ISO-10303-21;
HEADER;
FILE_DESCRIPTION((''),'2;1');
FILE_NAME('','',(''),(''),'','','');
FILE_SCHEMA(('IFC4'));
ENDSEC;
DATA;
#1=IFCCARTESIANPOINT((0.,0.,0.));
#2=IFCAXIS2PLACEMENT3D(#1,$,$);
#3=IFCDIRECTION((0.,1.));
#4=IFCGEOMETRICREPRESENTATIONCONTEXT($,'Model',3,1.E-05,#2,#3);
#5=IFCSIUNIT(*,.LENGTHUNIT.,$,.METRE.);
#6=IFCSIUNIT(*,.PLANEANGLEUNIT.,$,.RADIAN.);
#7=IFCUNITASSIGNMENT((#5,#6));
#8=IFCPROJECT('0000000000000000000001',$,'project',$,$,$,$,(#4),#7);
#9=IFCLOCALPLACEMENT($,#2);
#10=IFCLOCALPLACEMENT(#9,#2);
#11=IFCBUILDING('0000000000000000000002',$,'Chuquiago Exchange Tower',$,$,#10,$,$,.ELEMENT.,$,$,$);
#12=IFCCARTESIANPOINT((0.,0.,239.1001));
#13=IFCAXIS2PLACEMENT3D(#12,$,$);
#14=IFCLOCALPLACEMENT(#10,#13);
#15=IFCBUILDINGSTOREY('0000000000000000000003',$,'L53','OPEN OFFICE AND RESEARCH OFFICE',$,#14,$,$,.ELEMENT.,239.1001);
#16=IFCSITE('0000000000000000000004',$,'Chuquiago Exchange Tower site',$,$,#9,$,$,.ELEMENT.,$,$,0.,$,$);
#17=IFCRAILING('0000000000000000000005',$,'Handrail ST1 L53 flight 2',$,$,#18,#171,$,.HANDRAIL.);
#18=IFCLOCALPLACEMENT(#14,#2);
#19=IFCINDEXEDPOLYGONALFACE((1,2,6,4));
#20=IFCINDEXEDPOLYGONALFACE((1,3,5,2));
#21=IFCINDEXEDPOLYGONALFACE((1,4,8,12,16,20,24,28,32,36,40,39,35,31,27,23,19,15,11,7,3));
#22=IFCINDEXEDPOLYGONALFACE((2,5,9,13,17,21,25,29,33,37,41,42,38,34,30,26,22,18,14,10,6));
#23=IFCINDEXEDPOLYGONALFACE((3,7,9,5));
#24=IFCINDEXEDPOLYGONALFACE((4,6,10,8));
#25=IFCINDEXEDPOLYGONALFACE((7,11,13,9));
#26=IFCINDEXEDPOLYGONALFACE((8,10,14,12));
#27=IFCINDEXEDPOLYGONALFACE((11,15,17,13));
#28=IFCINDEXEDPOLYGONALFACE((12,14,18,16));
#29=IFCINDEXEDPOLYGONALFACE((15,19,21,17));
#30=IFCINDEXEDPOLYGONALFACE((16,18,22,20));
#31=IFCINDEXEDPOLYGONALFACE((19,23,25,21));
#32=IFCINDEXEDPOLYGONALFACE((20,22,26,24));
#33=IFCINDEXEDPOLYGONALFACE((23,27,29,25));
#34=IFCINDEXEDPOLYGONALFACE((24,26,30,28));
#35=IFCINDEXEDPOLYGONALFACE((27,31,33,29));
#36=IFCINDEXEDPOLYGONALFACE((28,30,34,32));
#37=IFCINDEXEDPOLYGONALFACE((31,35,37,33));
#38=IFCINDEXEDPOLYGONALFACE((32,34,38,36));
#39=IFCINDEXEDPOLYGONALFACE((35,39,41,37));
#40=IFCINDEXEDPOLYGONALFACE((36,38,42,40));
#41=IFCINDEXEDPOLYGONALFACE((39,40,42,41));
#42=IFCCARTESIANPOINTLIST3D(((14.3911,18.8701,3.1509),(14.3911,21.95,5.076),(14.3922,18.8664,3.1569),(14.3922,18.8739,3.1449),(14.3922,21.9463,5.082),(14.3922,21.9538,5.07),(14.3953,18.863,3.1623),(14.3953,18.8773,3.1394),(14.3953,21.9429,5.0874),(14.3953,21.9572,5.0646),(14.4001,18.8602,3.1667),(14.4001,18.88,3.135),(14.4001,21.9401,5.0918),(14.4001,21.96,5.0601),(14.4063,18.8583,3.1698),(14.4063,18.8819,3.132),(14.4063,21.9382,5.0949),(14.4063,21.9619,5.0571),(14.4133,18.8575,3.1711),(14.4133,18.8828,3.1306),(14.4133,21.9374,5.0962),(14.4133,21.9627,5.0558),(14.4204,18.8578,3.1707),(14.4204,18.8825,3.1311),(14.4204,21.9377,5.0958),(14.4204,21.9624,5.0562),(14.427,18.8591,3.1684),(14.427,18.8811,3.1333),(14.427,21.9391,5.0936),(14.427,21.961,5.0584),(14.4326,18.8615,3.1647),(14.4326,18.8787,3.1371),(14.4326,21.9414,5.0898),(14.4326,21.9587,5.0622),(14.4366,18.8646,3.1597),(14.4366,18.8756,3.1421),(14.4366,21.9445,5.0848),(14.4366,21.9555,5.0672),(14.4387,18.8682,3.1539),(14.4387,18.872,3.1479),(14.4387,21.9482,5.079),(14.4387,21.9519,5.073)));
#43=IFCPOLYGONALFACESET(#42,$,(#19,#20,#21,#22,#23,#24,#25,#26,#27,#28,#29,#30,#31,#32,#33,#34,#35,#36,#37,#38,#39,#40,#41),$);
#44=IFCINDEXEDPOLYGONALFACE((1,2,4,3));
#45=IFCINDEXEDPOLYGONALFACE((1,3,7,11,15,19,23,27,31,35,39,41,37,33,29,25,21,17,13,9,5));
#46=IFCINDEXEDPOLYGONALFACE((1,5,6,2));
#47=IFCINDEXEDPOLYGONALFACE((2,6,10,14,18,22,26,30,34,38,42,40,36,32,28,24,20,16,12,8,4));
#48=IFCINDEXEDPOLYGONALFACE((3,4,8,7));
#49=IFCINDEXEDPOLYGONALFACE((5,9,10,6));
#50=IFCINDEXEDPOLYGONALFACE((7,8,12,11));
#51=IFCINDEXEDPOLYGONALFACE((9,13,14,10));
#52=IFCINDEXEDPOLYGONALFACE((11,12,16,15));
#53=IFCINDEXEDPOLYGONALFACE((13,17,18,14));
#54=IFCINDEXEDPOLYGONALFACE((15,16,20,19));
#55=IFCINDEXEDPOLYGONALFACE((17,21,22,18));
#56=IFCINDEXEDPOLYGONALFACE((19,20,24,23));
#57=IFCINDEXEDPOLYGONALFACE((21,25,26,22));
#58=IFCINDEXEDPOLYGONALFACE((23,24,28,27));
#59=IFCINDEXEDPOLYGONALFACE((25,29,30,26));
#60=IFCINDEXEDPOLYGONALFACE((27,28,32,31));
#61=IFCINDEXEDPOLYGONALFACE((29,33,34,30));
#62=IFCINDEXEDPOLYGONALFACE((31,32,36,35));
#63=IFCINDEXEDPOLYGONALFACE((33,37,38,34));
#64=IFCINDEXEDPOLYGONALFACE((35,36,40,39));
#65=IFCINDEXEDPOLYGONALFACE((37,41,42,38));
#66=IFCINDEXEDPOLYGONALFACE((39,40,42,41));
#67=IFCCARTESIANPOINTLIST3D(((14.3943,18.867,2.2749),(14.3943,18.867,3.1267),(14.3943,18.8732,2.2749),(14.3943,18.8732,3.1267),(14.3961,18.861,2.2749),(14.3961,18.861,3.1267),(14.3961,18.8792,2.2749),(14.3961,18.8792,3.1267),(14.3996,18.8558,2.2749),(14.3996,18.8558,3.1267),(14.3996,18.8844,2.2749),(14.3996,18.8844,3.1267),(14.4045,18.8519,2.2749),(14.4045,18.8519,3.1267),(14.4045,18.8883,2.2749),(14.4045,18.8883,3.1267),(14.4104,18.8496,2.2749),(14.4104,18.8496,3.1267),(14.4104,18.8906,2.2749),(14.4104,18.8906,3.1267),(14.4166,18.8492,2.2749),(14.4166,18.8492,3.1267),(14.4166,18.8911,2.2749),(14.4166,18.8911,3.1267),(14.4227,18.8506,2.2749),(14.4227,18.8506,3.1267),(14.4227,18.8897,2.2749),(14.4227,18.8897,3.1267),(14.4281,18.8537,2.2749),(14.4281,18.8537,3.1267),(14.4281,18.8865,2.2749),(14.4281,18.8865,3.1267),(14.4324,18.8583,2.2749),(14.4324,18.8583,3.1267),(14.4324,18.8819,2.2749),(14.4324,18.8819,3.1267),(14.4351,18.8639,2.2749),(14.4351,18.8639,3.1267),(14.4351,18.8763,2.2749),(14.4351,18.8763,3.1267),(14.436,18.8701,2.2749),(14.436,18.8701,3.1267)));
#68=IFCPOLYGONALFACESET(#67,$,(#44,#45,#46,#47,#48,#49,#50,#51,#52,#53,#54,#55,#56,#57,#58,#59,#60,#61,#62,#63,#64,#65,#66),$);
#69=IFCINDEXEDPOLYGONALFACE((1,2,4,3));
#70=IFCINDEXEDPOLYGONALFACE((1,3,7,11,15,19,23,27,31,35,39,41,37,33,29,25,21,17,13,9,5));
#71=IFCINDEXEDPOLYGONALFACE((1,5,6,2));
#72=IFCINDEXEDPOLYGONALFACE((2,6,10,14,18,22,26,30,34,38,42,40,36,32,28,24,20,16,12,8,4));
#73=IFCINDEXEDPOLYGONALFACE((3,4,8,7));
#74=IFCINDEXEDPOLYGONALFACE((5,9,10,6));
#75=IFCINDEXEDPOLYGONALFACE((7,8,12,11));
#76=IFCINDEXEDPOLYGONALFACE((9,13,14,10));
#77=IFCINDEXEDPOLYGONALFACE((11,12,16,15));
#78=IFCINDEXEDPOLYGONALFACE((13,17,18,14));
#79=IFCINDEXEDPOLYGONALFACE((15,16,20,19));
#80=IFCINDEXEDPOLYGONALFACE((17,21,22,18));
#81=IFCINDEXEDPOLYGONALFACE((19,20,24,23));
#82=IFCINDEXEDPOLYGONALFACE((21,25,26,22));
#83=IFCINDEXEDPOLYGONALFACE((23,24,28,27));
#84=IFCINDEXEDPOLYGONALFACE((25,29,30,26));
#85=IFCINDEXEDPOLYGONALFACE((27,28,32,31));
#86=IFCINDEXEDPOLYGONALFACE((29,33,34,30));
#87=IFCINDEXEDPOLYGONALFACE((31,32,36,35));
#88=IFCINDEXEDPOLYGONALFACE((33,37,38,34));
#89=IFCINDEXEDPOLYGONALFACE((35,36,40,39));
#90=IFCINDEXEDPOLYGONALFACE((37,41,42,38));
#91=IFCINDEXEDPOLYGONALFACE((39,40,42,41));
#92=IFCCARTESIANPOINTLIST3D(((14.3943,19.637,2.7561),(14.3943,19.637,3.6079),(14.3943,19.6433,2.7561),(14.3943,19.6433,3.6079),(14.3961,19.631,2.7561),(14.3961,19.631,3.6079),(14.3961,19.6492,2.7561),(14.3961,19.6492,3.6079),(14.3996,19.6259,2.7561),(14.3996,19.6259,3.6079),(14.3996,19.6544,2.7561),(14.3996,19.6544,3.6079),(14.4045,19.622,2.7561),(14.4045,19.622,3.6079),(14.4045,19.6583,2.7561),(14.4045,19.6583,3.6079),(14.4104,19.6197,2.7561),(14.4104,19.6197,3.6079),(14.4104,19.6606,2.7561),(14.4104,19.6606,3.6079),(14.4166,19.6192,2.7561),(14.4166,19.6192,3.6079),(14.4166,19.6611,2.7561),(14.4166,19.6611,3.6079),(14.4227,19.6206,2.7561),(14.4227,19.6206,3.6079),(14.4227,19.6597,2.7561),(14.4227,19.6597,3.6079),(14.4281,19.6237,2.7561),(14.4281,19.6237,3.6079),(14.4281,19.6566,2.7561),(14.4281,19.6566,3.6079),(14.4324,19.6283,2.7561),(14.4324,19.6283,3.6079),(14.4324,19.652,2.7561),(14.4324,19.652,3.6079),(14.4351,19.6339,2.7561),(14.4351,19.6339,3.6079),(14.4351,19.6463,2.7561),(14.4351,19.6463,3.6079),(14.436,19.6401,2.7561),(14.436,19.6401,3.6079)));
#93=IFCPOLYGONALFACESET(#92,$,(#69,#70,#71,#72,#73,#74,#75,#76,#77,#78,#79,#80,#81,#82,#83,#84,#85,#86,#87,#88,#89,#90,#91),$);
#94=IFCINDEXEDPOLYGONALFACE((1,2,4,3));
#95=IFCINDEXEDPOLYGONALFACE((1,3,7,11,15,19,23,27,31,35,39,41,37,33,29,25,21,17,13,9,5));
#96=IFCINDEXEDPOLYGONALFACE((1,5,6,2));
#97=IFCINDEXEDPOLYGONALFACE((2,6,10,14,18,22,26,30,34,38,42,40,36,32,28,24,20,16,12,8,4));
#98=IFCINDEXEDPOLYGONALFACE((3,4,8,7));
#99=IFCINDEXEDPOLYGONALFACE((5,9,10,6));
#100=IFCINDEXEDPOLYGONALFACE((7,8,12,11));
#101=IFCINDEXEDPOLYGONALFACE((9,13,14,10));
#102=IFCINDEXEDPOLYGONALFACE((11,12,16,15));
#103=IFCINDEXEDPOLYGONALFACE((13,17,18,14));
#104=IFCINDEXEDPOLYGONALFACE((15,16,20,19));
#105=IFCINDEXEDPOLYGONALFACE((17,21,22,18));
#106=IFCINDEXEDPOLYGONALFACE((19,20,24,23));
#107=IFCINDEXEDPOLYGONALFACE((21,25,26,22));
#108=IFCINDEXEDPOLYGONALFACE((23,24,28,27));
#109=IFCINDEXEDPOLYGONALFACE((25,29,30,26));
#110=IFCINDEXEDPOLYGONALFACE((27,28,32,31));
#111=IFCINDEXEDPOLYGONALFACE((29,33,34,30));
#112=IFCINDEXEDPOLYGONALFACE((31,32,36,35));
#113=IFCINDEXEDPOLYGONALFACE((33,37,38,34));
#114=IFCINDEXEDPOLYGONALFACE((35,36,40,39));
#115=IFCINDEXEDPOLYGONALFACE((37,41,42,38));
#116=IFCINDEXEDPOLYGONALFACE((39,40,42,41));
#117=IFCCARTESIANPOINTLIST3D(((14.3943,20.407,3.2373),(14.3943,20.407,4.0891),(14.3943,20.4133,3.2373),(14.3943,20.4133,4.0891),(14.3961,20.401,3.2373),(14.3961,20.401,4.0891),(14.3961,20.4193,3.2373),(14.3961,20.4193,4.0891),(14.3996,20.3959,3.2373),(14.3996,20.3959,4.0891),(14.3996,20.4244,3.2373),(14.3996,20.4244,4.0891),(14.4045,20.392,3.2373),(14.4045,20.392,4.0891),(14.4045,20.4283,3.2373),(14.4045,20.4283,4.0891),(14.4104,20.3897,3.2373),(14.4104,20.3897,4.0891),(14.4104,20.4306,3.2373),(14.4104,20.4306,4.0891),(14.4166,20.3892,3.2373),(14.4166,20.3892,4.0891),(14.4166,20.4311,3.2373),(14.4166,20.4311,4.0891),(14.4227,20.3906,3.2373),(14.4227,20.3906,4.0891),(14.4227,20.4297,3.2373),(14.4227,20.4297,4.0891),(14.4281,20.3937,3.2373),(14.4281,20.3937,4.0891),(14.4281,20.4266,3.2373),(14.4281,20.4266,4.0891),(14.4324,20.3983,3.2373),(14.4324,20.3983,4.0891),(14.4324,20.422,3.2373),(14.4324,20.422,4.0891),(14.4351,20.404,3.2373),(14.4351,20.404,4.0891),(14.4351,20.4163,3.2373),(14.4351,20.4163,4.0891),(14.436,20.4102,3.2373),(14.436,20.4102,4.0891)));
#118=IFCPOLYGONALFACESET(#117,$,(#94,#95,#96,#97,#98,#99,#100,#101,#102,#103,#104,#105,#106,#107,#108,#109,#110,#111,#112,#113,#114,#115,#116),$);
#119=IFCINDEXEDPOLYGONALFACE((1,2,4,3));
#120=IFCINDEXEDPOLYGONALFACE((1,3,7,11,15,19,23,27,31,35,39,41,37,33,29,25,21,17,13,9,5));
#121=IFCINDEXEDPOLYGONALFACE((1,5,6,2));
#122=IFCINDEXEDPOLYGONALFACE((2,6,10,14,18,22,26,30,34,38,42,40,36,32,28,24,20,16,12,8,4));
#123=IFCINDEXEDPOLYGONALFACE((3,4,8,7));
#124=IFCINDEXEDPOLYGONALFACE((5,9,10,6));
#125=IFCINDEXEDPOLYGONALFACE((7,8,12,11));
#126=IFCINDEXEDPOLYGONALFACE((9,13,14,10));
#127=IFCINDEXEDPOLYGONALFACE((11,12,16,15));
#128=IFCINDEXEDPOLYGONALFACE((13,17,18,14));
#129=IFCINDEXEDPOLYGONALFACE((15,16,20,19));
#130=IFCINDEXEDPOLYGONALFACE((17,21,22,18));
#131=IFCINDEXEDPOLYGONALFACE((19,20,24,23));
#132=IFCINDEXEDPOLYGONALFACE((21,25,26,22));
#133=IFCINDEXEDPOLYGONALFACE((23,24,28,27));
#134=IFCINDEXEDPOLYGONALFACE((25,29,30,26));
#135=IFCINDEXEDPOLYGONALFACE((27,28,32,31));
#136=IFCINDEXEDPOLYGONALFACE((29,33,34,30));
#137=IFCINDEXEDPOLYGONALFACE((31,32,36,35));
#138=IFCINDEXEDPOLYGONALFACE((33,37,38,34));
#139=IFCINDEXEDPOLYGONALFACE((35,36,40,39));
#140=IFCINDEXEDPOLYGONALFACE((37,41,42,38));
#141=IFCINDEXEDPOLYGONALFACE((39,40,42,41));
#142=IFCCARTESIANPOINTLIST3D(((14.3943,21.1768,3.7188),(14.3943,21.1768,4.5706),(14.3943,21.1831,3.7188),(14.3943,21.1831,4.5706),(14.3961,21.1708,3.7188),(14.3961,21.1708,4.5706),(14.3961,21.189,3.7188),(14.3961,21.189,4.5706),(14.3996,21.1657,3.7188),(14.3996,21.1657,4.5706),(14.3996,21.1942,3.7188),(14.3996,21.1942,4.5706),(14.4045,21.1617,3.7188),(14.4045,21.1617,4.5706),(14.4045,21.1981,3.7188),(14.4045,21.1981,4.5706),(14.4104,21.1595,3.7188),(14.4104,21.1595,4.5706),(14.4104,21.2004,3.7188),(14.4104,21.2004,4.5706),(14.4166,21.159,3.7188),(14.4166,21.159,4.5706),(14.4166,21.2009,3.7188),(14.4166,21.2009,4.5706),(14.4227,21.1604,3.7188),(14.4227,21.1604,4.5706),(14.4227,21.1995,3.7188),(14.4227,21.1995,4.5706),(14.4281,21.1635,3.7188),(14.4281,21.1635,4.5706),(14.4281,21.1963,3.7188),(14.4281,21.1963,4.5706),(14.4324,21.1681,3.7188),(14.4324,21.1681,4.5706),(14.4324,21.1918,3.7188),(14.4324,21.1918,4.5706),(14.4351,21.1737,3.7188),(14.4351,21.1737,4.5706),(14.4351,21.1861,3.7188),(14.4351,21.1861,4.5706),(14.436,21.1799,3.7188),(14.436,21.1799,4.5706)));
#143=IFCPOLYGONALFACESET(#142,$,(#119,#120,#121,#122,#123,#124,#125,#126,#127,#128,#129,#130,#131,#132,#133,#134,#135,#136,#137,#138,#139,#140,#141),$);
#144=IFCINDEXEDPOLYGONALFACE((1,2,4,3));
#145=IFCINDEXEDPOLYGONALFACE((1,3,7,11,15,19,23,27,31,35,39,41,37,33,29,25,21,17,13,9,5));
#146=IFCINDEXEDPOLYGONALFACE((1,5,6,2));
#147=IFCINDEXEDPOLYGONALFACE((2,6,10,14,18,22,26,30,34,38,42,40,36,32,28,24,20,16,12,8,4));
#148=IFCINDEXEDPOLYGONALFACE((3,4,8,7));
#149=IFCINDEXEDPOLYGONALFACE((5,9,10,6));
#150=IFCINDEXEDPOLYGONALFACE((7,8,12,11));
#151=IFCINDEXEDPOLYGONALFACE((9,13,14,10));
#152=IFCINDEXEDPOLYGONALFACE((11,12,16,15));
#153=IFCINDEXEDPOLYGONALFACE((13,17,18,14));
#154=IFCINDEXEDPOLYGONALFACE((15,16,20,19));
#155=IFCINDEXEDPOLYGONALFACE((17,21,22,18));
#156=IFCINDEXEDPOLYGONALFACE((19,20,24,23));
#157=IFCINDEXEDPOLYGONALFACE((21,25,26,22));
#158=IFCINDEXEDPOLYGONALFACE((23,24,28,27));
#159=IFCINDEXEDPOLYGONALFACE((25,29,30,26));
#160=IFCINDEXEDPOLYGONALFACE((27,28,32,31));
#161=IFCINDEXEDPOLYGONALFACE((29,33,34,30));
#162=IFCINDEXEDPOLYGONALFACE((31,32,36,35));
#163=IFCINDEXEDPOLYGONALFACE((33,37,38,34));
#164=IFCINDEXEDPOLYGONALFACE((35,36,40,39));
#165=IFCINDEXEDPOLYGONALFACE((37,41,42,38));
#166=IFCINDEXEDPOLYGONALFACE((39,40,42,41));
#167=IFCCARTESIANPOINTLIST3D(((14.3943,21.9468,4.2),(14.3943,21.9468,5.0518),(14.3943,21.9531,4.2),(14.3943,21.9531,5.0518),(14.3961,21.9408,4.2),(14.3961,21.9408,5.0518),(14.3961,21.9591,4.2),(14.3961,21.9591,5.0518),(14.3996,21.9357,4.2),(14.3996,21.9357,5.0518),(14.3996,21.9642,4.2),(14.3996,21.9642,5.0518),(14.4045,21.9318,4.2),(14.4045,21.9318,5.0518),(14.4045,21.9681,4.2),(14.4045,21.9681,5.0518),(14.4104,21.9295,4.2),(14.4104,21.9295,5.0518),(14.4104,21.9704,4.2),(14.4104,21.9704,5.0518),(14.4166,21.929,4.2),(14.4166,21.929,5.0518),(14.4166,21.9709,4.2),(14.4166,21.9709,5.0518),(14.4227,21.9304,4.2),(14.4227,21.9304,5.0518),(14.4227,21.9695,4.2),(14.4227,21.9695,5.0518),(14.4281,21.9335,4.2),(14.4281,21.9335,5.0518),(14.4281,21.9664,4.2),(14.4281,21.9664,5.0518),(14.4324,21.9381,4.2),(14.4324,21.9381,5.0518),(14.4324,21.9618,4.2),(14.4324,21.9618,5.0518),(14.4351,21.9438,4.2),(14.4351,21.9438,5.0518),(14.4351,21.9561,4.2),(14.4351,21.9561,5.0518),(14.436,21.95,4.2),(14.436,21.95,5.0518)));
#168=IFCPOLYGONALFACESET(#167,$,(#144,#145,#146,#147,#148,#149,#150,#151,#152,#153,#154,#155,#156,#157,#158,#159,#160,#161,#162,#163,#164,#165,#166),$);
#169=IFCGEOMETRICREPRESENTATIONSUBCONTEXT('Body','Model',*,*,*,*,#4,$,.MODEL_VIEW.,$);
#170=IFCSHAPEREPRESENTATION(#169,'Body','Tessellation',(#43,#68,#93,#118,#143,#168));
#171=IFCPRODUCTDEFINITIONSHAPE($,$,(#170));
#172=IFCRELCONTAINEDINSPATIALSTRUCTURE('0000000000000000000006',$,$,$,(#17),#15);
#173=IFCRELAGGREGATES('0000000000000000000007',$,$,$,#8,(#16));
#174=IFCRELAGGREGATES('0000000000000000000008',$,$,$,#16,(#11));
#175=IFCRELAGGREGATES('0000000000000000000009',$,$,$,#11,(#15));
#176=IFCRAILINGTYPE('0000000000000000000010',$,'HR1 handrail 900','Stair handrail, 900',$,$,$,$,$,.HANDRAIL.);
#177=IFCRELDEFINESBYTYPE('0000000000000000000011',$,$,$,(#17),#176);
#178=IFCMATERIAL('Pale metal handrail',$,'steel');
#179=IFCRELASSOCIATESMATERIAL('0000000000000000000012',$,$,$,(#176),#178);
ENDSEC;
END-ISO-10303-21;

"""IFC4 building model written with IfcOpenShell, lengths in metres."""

from ifc_helpers import new_model, si_unit, direction, frame, origin, origin_2d, place, context, subcontext, project, spatial, circle, extrude, material, type_object, element, save


model = new_model("IFC4")

# Units and contexts
model_context = context("Model", 3, precision=1e-05, world=origin(), true_north=direction((0.0, 1.0)))
body_context = subcontext(model_context, "Body", "Model", "MODEL_VIEW")
ifc_project = project(units=[si_unit("LENGTHUNIT", "METRE"), si_unit("PLANEANGLEUNIT", "RADIAN")], contexts=[model_context])

# Site, building, storey
site_placement = place(None, origin())
site = spatial("IfcSite", under=ifc_project, at=site_placement, Name="Chuquiago Exchange Tower site", CompositionType="ELEMENT", RefElevation=0.0)
building_placement = place(site_placement, origin())
building = spatial("IfcBuilding", under=site, at=building_placement, Name="Chuquiago Exchange Tower", CompositionType="ELEMENT")
storey_placement = place(building_placement, frame((0.0, 0.0, 239.1001)))
storey = spatial("IfcBuildingStorey", under=building, at=storey_placement, Name="L53", Description="OPEN OFFICE AND RESEARCH OFFICE", CompositionType="ELEMENT", Elevation=239.1001)

# Railing
ifc_material_1 = material(Name="Pale metal handrail", Category="steel")
railing_type_1 = type_object("IfcRailingType", Name="HR1 handrail 900", Description="Stair handrail, 900", PredefinedType="HANDRAIL", material=ifc_material_1)
for number, where, name in (
    (1, (14.415, 18.8701, 2.2749), "Handrail ST1 L53 flight 2"),
):
    element("IfcRailing", number, at=place(storey_placement, frame(where)), inside=storey, type_object=railing_type_1, Name=name, PredefinedType="HANDRAIL", context=body_context, shape_type="SweptSolid", body=[
        extrude(circle(Radius=0.0239, at=origin_2d()), frame((0.0, 0.0, 0.876), z_axis=(0.0, 0.847979, 0.530029), x_axis=(-1.0, 0.0, 0.0)), (0.0, 0.0, 1.0), 3.6321),
        extrude(circle(Radius=0.021, at=origin_2d()), origin(), (0.0, 0.0, 1.0), 0.8518),
        extrude(circle(Radius=0.021, at=origin_2d()), frame((0.0, 0.77, 0.4812)), (0.0, 0.0, 1.0), 0.8518),
        extrude(circle(Radius=0.021, at=origin_2d()), frame((0.0, 1.54, 0.9624)), (0.0, 0.0, 1.0), 0.8518),
        extrude(circle(Radius=0.021, at=origin_2d()), frame((0.0, 2.3098, 1.4438)), (0.0, 0.0, 1.0), 0.8518),
        extrude(circle(Radius=0.021, at=origin_2d()), frame((0.0, 3.0798, 1.925)), (0.0, 0.0, 1.0), 0.8518),
    ])

save(model, "model.ifc")
